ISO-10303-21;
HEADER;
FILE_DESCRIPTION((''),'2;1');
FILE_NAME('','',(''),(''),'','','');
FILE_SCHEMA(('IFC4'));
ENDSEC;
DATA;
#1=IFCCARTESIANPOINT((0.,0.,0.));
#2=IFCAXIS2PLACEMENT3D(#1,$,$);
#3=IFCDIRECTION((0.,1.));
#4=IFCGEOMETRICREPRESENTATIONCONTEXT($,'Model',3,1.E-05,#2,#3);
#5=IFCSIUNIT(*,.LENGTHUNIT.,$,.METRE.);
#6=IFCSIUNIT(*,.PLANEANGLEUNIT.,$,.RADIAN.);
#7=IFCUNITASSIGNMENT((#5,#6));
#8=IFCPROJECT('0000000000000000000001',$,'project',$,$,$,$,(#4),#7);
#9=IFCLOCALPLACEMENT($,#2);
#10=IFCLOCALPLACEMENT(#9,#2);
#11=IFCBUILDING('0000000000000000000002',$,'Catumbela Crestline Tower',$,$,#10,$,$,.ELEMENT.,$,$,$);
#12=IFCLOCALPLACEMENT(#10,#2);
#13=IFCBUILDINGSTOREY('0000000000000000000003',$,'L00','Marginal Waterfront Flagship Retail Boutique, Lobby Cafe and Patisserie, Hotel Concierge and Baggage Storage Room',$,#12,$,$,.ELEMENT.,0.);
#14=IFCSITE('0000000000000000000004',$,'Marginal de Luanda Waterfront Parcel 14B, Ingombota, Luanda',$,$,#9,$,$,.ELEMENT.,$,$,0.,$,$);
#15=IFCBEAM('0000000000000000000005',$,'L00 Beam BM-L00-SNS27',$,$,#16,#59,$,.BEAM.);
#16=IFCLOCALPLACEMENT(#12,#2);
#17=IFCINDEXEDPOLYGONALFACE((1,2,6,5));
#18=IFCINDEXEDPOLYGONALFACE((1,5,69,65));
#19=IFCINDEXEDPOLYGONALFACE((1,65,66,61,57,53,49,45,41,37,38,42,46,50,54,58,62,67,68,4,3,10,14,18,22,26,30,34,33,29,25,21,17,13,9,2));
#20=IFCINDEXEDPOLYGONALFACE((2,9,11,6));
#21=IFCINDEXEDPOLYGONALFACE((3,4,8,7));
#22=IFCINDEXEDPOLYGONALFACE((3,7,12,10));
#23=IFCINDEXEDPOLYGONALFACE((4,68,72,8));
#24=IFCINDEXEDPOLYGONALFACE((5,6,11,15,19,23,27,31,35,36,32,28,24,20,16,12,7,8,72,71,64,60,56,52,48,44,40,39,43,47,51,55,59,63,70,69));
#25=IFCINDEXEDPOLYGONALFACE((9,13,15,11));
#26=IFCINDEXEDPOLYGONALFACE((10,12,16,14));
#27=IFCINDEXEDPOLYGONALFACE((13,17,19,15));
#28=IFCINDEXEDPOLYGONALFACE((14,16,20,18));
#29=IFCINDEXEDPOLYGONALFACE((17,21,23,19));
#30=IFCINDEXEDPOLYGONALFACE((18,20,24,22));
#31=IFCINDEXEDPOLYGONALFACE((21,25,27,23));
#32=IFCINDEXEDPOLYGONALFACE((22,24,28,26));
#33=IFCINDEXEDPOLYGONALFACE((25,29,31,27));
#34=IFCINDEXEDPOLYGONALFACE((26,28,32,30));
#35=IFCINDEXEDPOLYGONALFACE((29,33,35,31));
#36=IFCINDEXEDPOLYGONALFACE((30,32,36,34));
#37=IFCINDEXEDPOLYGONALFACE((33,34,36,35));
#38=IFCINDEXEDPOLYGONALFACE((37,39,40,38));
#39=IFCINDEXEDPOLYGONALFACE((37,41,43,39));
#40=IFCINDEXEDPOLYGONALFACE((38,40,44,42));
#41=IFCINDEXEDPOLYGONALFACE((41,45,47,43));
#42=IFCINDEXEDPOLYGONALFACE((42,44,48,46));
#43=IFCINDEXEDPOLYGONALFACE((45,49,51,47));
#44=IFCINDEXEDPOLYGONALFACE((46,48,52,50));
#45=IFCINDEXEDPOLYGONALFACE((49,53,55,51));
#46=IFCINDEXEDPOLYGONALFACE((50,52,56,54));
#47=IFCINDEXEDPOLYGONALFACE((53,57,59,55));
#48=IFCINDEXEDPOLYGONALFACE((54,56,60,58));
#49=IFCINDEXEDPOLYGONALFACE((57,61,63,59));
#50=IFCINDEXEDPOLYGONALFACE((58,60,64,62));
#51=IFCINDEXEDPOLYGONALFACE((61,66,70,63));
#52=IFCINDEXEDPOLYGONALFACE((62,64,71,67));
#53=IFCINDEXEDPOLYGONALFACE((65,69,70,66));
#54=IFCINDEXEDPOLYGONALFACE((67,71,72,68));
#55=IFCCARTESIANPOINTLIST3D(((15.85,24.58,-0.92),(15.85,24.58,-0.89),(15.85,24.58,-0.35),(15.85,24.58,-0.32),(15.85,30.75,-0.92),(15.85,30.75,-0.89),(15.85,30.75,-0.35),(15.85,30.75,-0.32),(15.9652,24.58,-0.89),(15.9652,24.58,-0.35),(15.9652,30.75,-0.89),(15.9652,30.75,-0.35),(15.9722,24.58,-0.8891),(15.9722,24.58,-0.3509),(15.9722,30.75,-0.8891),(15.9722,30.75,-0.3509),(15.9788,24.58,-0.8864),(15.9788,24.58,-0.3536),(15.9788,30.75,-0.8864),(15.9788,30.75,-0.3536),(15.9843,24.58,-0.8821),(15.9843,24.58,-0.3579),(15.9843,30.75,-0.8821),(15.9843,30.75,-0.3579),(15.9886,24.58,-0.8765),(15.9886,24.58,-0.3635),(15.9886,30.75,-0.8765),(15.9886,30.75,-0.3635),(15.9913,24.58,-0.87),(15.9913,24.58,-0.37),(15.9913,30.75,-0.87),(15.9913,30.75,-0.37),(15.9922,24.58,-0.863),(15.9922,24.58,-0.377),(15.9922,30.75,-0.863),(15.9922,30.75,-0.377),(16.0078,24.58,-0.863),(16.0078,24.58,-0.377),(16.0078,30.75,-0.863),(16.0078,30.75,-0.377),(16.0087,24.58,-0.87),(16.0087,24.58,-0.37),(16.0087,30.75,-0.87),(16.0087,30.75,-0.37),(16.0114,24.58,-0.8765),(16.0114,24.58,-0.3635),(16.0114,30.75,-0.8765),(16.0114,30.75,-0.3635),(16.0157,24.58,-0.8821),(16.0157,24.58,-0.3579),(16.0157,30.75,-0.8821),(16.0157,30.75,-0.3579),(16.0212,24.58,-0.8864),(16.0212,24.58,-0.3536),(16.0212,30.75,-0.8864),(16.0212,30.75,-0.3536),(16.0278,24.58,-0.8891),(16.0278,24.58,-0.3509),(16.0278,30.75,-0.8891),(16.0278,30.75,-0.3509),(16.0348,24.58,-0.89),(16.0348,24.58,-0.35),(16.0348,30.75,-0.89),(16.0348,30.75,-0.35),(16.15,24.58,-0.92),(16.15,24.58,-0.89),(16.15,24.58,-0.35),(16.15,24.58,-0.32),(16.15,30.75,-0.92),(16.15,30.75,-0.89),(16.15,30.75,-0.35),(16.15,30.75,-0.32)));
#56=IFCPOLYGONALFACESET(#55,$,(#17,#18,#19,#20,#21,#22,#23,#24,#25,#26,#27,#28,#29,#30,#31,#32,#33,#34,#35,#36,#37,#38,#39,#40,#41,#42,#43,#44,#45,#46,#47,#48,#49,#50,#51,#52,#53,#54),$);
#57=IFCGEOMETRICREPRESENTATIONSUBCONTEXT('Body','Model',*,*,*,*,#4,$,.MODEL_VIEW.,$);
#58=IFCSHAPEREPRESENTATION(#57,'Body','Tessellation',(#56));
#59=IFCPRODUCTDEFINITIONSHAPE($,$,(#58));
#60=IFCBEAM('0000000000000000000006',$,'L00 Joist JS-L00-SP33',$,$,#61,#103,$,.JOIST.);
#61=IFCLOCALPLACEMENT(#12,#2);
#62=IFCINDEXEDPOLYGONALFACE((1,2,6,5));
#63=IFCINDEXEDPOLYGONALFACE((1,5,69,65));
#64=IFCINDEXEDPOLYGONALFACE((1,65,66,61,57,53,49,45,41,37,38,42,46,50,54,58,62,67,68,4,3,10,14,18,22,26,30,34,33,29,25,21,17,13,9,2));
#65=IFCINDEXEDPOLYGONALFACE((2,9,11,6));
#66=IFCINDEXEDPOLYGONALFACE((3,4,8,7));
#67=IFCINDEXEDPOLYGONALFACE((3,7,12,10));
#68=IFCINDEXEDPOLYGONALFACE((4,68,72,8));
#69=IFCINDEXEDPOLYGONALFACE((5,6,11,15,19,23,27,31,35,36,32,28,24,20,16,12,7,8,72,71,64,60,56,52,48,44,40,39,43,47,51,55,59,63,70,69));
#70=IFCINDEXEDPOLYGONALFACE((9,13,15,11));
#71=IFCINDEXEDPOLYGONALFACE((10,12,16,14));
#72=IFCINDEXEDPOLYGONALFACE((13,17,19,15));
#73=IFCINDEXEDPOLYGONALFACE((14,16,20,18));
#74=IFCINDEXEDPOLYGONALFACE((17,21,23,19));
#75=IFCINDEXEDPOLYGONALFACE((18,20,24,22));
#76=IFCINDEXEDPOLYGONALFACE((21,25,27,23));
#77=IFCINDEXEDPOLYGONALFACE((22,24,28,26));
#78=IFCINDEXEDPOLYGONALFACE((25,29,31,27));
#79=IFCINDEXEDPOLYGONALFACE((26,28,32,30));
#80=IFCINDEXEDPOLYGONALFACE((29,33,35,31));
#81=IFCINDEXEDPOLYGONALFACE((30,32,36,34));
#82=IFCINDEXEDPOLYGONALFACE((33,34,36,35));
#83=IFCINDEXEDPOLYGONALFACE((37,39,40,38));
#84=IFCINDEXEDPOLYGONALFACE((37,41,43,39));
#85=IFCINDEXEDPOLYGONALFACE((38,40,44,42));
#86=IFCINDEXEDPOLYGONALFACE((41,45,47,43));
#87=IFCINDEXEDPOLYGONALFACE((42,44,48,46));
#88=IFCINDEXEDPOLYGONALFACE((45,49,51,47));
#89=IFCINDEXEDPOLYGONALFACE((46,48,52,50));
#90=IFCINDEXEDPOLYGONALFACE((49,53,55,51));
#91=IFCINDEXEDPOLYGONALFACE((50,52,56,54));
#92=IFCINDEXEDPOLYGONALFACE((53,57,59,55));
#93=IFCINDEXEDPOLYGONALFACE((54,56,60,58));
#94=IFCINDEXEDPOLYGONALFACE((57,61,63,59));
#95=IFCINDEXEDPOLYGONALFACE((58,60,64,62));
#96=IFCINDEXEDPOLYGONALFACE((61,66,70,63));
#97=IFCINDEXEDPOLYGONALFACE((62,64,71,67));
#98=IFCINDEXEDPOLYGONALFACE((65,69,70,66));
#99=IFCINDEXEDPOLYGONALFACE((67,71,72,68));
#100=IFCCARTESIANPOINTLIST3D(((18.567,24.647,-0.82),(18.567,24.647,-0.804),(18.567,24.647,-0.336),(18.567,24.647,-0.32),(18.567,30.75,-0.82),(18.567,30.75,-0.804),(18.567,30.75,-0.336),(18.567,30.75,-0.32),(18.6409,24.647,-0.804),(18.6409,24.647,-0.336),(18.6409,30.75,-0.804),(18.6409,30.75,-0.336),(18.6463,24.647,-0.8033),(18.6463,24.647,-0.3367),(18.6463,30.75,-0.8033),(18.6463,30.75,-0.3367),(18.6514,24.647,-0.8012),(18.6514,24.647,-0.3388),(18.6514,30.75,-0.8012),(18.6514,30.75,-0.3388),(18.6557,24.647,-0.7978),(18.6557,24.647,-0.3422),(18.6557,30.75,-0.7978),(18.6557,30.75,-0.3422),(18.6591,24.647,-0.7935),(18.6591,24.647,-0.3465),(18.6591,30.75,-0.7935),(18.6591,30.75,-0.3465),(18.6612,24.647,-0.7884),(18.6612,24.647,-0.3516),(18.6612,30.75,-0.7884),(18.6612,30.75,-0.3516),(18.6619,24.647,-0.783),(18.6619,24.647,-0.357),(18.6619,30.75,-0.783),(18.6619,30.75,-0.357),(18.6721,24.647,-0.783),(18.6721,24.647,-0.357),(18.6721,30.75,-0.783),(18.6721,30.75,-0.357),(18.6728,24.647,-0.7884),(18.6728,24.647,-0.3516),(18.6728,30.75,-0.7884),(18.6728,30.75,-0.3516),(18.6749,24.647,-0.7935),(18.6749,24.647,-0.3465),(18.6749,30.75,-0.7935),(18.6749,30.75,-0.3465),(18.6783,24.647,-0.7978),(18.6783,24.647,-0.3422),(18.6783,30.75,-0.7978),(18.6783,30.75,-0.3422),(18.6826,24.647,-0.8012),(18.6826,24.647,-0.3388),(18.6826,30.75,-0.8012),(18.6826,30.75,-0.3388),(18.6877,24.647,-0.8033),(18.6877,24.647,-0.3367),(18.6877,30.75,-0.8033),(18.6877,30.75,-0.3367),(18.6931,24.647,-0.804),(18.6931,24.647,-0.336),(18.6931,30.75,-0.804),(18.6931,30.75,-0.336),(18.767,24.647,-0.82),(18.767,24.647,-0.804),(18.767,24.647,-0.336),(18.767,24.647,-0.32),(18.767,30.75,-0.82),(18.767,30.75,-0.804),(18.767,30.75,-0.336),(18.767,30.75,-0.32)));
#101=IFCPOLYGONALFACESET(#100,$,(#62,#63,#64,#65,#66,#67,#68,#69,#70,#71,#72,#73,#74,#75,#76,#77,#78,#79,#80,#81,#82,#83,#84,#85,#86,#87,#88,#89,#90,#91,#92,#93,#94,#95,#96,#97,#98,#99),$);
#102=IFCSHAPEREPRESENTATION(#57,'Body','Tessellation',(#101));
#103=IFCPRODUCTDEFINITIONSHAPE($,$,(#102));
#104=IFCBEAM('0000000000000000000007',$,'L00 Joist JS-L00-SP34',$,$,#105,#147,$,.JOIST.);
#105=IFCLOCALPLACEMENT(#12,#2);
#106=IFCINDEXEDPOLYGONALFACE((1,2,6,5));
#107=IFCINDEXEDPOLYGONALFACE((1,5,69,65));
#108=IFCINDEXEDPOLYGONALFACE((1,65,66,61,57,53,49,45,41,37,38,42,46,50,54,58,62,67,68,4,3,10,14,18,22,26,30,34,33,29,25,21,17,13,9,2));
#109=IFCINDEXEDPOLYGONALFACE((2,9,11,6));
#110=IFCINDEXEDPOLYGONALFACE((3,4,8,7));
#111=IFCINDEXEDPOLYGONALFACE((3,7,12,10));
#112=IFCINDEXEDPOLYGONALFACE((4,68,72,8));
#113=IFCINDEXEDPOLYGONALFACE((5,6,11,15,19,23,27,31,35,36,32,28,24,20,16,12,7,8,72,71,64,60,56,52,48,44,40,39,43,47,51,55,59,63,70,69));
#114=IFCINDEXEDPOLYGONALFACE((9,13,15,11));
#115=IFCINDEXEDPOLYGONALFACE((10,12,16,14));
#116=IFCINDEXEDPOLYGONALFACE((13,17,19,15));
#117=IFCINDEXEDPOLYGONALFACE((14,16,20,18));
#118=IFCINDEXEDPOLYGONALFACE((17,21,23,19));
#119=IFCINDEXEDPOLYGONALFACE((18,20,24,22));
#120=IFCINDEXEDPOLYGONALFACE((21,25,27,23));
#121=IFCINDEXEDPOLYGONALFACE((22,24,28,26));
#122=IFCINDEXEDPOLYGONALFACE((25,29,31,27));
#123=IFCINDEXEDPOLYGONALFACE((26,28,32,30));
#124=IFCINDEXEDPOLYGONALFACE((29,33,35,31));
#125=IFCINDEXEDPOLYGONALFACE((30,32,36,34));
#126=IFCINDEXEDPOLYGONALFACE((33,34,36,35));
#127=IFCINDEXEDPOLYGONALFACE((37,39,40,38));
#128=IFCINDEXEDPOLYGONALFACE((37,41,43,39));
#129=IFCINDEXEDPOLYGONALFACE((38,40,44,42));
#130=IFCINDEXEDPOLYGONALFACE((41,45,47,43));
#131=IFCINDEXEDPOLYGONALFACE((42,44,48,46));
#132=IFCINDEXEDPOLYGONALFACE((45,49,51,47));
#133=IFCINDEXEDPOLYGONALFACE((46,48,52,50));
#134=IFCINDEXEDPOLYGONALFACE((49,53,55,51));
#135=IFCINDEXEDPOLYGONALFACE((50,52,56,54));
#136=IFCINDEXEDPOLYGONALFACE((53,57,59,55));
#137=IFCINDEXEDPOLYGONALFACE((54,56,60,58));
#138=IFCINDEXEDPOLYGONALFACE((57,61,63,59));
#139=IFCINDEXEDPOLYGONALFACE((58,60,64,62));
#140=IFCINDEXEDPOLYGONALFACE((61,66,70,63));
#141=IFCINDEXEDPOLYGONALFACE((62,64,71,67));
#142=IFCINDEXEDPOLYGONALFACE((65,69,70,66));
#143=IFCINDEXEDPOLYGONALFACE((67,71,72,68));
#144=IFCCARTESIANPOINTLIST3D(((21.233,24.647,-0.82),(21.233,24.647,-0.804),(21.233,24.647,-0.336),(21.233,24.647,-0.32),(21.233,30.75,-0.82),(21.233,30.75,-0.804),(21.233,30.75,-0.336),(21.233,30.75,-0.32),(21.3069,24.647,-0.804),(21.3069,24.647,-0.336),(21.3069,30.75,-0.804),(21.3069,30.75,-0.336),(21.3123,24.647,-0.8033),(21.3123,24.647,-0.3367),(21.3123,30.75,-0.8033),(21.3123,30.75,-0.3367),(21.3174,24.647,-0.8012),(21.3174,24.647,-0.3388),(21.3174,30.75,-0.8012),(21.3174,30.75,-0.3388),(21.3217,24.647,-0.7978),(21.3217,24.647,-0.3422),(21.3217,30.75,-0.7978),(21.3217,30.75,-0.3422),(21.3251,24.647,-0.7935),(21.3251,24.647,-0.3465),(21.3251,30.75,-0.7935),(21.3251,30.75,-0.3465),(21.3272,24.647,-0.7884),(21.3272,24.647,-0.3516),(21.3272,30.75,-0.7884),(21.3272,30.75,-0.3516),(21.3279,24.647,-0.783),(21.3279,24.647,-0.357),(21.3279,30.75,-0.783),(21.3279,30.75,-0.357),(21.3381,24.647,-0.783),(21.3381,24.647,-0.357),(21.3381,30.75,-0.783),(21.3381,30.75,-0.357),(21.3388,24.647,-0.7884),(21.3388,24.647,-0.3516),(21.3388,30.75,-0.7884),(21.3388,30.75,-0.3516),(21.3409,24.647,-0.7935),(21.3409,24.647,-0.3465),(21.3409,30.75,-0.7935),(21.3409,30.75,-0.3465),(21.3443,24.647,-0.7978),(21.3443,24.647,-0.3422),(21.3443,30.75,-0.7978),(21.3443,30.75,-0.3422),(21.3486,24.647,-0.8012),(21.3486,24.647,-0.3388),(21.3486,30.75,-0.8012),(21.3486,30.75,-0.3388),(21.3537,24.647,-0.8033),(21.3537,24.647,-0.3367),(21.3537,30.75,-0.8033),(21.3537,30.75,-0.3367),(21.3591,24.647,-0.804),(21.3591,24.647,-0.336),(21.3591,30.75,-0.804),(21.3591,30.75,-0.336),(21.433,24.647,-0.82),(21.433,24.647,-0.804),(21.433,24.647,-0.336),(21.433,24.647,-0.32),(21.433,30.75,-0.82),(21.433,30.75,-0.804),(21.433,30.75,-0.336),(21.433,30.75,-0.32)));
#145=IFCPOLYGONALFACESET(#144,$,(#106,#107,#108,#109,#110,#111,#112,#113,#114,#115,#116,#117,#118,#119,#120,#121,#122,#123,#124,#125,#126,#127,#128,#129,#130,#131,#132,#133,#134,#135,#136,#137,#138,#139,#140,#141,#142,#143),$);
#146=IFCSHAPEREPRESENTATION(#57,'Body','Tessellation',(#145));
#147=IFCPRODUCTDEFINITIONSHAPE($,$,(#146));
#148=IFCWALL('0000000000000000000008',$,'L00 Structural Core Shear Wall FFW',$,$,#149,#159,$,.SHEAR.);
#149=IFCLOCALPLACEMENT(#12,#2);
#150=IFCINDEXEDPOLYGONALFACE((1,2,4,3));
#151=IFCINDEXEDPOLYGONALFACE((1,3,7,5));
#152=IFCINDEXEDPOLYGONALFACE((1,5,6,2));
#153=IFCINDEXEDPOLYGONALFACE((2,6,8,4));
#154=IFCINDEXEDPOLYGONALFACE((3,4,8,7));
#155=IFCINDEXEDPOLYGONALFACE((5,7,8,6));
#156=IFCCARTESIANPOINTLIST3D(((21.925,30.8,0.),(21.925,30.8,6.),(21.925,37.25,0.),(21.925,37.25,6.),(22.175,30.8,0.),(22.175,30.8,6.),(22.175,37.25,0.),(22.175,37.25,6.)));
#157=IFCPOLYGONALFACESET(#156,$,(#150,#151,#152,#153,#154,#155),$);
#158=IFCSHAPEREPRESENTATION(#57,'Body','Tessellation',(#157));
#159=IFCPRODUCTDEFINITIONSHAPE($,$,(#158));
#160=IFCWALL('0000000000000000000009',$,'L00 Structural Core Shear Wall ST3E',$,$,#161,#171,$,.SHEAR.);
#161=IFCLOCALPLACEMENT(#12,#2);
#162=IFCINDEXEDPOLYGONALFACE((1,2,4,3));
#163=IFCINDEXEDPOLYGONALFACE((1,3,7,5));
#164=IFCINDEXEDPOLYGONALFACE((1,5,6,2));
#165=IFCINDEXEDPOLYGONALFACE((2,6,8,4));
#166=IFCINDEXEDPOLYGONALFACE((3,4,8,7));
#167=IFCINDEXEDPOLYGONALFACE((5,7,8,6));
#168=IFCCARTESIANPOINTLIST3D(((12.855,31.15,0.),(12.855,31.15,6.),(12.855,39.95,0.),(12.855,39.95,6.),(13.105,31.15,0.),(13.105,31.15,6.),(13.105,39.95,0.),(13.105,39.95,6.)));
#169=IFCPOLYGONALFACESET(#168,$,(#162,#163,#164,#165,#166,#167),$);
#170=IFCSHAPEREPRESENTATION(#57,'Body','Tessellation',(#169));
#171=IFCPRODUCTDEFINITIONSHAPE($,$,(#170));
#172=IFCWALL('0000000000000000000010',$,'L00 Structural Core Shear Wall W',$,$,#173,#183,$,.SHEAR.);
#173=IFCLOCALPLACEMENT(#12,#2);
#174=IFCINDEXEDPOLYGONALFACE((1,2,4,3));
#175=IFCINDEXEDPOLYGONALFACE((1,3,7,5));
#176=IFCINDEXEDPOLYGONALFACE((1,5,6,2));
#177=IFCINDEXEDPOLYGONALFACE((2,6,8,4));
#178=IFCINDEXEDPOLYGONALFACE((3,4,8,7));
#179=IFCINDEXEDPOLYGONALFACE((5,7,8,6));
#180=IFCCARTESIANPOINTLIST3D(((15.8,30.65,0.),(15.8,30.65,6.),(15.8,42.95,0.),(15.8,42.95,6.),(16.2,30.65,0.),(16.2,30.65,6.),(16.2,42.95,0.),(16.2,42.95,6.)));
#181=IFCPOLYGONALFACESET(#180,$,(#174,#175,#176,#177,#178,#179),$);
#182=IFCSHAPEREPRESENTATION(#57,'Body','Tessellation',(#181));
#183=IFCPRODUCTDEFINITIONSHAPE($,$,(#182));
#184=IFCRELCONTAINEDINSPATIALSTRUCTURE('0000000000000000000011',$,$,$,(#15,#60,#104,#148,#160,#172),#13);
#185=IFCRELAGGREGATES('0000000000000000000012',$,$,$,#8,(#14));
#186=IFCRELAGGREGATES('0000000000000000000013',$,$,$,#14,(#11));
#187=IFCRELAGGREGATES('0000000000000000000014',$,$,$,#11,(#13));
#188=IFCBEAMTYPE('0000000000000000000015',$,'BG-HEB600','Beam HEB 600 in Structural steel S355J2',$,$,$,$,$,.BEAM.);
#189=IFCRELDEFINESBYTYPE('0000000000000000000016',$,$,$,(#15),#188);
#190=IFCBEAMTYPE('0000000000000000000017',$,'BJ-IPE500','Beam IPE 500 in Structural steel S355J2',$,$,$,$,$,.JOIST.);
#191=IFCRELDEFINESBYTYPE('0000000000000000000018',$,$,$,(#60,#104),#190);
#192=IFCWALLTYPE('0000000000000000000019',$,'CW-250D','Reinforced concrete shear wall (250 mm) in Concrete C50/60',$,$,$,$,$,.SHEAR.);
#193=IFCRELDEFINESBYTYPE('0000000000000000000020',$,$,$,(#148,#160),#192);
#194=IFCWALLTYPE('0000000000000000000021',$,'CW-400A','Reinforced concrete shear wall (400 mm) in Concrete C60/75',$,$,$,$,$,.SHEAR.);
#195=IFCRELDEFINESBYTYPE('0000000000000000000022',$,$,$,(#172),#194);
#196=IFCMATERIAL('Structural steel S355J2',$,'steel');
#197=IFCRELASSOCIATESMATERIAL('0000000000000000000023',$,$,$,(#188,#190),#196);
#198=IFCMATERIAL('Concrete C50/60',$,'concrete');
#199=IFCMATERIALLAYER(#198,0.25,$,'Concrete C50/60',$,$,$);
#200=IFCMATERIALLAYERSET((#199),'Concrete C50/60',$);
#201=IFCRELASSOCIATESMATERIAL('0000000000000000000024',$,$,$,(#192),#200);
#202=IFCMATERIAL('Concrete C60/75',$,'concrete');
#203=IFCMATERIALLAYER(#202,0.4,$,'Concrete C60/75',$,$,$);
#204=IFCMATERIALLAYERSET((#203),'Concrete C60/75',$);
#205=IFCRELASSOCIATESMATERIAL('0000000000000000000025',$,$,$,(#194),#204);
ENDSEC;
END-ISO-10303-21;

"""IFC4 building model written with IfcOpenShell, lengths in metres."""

from ifc_helpers import new_model, si_unit, direction, frame, frame_2d, origin, origin_2d, place, context, subcontext, project, spatial, rectangle, i_section, extrude, material, layer, layer_set, material_profile, profile_set, type_object, element, save


model = new_model("IFC4")

# Units and contexts
model_context = context("Model", 3, precision=1e-05, world=origin(), true_north=direction((0.0, 1.0)))
body_context = subcontext(model_context, "Body", "Model", "MODEL_VIEW")
ifc_project = project(units=[si_unit("LENGTHUNIT", "METRE"), si_unit("PLANEANGLEUNIT", "RADIAN")], contexts=[model_context])

# Site, building, storey
site_placement = place(None, origin())
site = spatial("IfcSite", under=ifc_project, at=site_placement, Name="Marginal de Luanda Waterfront Parcel 14B, Ingombota, Luanda", CompositionType="ELEMENT", RefElevation=0.0)
building_placement = place(site_placement, origin())
building = spatial("IfcBuilding", under=site, at=building_placement, Name="Catumbela Crestline Tower", CompositionType="ELEMENT")
storey_placement = place(building_placement, origin())
storey = spatial("IfcBuildingStorey", under=building, at=storey_placement, Name="L00", Description="Marginal Waterfront Flagship Retail Boutique, Lobby Cafe and Patisserie, Hotel Concierge and Baggage Storage Room", CompositionType="ELEMENT", Elevation=0.0)

# Beams
ifc_material_1 = material(Name="Structural steel S355J2", Category="steel")
ifc_material_profile_1 = material_profile(ifc_material_1, i_section(OverallWidth=0.3, OverallDepth=0.6, WebThickness=0.0155, FlangeThickness=0.03, FilletRadius=0.027, at=origin_2d()), Name="HEB 600")
ifc_profile_set_1 = profile_set([ifc_material_profile_1], Name="Structural steel S355J2")
beam_type_1 = type_object("IfcBeamType", Name="BG-HEB600", Description="Beam HEB 600 in Structural steel S355J2", PredefinedType="BEAM", material=ifc_profile_set_1)
beam_placement = place(storey_placement, frame((16.0, 24.58, -0.62), z_axis=(0.0, 1.0, 0.0), x_axis=(-1.0, 0.0, 0.0)))
element("IfcBeam", 1, at=beam_placement, inside=storey, type_object=beam_type_1, Name="L00 Beam BM-L00-SNS27", PredefinedType="BEAM", context=body_context, shape_type="SweptSolid", body=[
    extrude(i_section(OverallWidth=0.3, OverallDepth=0.6, WebThickness=0.0155, FlangeThickness=0.03, FilletRadius=0.027, at=origin_2d()), origin(), (0.0, 0.0, 1.0), 6.17),
])
ifc_material_profile_2 = material_profile(ifc_material_1, i_section(OverallWidth=0.2, OverallDepth=0.5, WebThickness=0.0102, FlangeThickness=0.016, FilletRadius=0.021, at=origin_2d()), Name="IPE 500")
ifc_profile_set_2 = profile_set([ifc_material_profile_2], Name="Structural steel S355J2")
beam_type_2 = type_object("IfcBeamType", Name="BJ-IPE500", Description="Beam IPE 500 in Structural steel S355J2", PredefinedType="JOIST", material=ifc_profile_set_2)
for number, where, z_axis, x_axis, name in (
    (2, (18.667, 24.647, -0.57), (0.0, 1.0, 0.0), (-1.0, 0.0, 0.0), "L00 Joist JS-L00-SP33"),
    (3, (21.333, 24.647, -0.57), (0.0, 1.0, 0.0), (-1.0, 0.0, 0.0), "L00 Joist JS-L00-SP34"),
):
    element("IfcBeam", number, at=place(storey_placement, frame(where, z_axis=z_axis, x_axis=x_axis)), inside=storey, type_object=beam_type_2, Name=name, PredefinedType="JOIST", context=body_context, shape_type="SweptSolid", body=[
        extrude(i_section(OverallWidth=0.2, OverallDepth=0.5, WebThickness=0.0102, FlangeThickness=0.016, FilletRadius=0.021, at=origin_2d()), origin(), (0.0, 0.0, 1.0), 6.103),
    ])

# Walls
ifc_material_2 = material(Name="Concrete C50/60", Category="concrete")
ifc_layer_1 = layer(ifc_material_2, 0.25, Name="Concrete C50/60")
ifc_layer_set_1 = layer_set([ifc_layer_1], Name="Concrete C50/60")
wall_type_1 = type_object("IfcWallType", Name="CW-250D", Description="Reinforced concrete shear wall (250 mm) in Concrete C50/60", PredefinedType="SHEAR", material=ifc_layer_set_1)
wall_1_placement = place(storey_placement, frame((22.05, 30.8, 0.0), z_axis=(0.0, 0.0, 1.0), x_axis=(0.0, 1.0, 0.0)))
element("IfcWall", 4, at=wall_1_placement, inside=storey, type_object=wall_type_1, Name="L00 Structural Core Shear Wall FFW", PredefinedType="SHEAR", context=body_context, shape_type="SweptSolid", body=[
    extrude(rectangle(XDim=6.45, YDim=0.25, at=frame_2d((3.225, 0.0))), origin(), (0.0, 0.0, 1.0), 6.0),
])
wall_2_placement = place(storey_placement, frame((12.98, 31.15, 0.0), z_axis=(0.0, 0.0, 1.0), x_axis=(0.0, 1.0, 0.0)))
element("IfcWall", 5, at=wall_2_placement, inside=storey, type_object=wall_type_1, Name="L00 Structural Core Shear Wall ST3E", PredefinedType="SHEAR", context=body_context, shape_type="SweptSolid", body=[
    extrude(rectangle(XDim=8.8, YDim=0.25, at=frame_2d((4.4, 0.0))), origin(), (0.0, 0.0, 1.0), 6.0),
])
ifc_material_3 = material(Name="Concrete C60/75", Category="concrete")
ifc_layer_2 = layer(ifc_material_3, 0.4, Name="Concrete C60/75")
ifc_layer_set_2 = layer_set([ifc_layer_2], Name="Concrete C60/75")
wall_type_2 = type_object("IfcWallType", Name="CW-400A", Description="Reinforced concrete shear wall (400 mm) in Concrete C60/75", PredefinedType="SHEAR", material=ifc_layer_set_2)
wall_3_placement = place(storey_placement, frame((16.0, 30.65, 0.0), z_axis=(0.0, 0.0, 1.0), x_axis=(0.0, 1.0, 0.0)))
element("IfcWall", 6, at=wall_3_placement, inside=storey, type_object=wall_type_2, Name="L00 Structural Core Shear Wall W", PredefinedType="SHEAR", context=body_context, shape_type="SweptSolid", body=[
    extrude(rectangle(XDim=12.3, YDim=0.4, at=frame_2d((6.15, 0.0))), origin(), (0.0, 0.0, 1.0), 6.0),
])

save(model, "model.ifc")
